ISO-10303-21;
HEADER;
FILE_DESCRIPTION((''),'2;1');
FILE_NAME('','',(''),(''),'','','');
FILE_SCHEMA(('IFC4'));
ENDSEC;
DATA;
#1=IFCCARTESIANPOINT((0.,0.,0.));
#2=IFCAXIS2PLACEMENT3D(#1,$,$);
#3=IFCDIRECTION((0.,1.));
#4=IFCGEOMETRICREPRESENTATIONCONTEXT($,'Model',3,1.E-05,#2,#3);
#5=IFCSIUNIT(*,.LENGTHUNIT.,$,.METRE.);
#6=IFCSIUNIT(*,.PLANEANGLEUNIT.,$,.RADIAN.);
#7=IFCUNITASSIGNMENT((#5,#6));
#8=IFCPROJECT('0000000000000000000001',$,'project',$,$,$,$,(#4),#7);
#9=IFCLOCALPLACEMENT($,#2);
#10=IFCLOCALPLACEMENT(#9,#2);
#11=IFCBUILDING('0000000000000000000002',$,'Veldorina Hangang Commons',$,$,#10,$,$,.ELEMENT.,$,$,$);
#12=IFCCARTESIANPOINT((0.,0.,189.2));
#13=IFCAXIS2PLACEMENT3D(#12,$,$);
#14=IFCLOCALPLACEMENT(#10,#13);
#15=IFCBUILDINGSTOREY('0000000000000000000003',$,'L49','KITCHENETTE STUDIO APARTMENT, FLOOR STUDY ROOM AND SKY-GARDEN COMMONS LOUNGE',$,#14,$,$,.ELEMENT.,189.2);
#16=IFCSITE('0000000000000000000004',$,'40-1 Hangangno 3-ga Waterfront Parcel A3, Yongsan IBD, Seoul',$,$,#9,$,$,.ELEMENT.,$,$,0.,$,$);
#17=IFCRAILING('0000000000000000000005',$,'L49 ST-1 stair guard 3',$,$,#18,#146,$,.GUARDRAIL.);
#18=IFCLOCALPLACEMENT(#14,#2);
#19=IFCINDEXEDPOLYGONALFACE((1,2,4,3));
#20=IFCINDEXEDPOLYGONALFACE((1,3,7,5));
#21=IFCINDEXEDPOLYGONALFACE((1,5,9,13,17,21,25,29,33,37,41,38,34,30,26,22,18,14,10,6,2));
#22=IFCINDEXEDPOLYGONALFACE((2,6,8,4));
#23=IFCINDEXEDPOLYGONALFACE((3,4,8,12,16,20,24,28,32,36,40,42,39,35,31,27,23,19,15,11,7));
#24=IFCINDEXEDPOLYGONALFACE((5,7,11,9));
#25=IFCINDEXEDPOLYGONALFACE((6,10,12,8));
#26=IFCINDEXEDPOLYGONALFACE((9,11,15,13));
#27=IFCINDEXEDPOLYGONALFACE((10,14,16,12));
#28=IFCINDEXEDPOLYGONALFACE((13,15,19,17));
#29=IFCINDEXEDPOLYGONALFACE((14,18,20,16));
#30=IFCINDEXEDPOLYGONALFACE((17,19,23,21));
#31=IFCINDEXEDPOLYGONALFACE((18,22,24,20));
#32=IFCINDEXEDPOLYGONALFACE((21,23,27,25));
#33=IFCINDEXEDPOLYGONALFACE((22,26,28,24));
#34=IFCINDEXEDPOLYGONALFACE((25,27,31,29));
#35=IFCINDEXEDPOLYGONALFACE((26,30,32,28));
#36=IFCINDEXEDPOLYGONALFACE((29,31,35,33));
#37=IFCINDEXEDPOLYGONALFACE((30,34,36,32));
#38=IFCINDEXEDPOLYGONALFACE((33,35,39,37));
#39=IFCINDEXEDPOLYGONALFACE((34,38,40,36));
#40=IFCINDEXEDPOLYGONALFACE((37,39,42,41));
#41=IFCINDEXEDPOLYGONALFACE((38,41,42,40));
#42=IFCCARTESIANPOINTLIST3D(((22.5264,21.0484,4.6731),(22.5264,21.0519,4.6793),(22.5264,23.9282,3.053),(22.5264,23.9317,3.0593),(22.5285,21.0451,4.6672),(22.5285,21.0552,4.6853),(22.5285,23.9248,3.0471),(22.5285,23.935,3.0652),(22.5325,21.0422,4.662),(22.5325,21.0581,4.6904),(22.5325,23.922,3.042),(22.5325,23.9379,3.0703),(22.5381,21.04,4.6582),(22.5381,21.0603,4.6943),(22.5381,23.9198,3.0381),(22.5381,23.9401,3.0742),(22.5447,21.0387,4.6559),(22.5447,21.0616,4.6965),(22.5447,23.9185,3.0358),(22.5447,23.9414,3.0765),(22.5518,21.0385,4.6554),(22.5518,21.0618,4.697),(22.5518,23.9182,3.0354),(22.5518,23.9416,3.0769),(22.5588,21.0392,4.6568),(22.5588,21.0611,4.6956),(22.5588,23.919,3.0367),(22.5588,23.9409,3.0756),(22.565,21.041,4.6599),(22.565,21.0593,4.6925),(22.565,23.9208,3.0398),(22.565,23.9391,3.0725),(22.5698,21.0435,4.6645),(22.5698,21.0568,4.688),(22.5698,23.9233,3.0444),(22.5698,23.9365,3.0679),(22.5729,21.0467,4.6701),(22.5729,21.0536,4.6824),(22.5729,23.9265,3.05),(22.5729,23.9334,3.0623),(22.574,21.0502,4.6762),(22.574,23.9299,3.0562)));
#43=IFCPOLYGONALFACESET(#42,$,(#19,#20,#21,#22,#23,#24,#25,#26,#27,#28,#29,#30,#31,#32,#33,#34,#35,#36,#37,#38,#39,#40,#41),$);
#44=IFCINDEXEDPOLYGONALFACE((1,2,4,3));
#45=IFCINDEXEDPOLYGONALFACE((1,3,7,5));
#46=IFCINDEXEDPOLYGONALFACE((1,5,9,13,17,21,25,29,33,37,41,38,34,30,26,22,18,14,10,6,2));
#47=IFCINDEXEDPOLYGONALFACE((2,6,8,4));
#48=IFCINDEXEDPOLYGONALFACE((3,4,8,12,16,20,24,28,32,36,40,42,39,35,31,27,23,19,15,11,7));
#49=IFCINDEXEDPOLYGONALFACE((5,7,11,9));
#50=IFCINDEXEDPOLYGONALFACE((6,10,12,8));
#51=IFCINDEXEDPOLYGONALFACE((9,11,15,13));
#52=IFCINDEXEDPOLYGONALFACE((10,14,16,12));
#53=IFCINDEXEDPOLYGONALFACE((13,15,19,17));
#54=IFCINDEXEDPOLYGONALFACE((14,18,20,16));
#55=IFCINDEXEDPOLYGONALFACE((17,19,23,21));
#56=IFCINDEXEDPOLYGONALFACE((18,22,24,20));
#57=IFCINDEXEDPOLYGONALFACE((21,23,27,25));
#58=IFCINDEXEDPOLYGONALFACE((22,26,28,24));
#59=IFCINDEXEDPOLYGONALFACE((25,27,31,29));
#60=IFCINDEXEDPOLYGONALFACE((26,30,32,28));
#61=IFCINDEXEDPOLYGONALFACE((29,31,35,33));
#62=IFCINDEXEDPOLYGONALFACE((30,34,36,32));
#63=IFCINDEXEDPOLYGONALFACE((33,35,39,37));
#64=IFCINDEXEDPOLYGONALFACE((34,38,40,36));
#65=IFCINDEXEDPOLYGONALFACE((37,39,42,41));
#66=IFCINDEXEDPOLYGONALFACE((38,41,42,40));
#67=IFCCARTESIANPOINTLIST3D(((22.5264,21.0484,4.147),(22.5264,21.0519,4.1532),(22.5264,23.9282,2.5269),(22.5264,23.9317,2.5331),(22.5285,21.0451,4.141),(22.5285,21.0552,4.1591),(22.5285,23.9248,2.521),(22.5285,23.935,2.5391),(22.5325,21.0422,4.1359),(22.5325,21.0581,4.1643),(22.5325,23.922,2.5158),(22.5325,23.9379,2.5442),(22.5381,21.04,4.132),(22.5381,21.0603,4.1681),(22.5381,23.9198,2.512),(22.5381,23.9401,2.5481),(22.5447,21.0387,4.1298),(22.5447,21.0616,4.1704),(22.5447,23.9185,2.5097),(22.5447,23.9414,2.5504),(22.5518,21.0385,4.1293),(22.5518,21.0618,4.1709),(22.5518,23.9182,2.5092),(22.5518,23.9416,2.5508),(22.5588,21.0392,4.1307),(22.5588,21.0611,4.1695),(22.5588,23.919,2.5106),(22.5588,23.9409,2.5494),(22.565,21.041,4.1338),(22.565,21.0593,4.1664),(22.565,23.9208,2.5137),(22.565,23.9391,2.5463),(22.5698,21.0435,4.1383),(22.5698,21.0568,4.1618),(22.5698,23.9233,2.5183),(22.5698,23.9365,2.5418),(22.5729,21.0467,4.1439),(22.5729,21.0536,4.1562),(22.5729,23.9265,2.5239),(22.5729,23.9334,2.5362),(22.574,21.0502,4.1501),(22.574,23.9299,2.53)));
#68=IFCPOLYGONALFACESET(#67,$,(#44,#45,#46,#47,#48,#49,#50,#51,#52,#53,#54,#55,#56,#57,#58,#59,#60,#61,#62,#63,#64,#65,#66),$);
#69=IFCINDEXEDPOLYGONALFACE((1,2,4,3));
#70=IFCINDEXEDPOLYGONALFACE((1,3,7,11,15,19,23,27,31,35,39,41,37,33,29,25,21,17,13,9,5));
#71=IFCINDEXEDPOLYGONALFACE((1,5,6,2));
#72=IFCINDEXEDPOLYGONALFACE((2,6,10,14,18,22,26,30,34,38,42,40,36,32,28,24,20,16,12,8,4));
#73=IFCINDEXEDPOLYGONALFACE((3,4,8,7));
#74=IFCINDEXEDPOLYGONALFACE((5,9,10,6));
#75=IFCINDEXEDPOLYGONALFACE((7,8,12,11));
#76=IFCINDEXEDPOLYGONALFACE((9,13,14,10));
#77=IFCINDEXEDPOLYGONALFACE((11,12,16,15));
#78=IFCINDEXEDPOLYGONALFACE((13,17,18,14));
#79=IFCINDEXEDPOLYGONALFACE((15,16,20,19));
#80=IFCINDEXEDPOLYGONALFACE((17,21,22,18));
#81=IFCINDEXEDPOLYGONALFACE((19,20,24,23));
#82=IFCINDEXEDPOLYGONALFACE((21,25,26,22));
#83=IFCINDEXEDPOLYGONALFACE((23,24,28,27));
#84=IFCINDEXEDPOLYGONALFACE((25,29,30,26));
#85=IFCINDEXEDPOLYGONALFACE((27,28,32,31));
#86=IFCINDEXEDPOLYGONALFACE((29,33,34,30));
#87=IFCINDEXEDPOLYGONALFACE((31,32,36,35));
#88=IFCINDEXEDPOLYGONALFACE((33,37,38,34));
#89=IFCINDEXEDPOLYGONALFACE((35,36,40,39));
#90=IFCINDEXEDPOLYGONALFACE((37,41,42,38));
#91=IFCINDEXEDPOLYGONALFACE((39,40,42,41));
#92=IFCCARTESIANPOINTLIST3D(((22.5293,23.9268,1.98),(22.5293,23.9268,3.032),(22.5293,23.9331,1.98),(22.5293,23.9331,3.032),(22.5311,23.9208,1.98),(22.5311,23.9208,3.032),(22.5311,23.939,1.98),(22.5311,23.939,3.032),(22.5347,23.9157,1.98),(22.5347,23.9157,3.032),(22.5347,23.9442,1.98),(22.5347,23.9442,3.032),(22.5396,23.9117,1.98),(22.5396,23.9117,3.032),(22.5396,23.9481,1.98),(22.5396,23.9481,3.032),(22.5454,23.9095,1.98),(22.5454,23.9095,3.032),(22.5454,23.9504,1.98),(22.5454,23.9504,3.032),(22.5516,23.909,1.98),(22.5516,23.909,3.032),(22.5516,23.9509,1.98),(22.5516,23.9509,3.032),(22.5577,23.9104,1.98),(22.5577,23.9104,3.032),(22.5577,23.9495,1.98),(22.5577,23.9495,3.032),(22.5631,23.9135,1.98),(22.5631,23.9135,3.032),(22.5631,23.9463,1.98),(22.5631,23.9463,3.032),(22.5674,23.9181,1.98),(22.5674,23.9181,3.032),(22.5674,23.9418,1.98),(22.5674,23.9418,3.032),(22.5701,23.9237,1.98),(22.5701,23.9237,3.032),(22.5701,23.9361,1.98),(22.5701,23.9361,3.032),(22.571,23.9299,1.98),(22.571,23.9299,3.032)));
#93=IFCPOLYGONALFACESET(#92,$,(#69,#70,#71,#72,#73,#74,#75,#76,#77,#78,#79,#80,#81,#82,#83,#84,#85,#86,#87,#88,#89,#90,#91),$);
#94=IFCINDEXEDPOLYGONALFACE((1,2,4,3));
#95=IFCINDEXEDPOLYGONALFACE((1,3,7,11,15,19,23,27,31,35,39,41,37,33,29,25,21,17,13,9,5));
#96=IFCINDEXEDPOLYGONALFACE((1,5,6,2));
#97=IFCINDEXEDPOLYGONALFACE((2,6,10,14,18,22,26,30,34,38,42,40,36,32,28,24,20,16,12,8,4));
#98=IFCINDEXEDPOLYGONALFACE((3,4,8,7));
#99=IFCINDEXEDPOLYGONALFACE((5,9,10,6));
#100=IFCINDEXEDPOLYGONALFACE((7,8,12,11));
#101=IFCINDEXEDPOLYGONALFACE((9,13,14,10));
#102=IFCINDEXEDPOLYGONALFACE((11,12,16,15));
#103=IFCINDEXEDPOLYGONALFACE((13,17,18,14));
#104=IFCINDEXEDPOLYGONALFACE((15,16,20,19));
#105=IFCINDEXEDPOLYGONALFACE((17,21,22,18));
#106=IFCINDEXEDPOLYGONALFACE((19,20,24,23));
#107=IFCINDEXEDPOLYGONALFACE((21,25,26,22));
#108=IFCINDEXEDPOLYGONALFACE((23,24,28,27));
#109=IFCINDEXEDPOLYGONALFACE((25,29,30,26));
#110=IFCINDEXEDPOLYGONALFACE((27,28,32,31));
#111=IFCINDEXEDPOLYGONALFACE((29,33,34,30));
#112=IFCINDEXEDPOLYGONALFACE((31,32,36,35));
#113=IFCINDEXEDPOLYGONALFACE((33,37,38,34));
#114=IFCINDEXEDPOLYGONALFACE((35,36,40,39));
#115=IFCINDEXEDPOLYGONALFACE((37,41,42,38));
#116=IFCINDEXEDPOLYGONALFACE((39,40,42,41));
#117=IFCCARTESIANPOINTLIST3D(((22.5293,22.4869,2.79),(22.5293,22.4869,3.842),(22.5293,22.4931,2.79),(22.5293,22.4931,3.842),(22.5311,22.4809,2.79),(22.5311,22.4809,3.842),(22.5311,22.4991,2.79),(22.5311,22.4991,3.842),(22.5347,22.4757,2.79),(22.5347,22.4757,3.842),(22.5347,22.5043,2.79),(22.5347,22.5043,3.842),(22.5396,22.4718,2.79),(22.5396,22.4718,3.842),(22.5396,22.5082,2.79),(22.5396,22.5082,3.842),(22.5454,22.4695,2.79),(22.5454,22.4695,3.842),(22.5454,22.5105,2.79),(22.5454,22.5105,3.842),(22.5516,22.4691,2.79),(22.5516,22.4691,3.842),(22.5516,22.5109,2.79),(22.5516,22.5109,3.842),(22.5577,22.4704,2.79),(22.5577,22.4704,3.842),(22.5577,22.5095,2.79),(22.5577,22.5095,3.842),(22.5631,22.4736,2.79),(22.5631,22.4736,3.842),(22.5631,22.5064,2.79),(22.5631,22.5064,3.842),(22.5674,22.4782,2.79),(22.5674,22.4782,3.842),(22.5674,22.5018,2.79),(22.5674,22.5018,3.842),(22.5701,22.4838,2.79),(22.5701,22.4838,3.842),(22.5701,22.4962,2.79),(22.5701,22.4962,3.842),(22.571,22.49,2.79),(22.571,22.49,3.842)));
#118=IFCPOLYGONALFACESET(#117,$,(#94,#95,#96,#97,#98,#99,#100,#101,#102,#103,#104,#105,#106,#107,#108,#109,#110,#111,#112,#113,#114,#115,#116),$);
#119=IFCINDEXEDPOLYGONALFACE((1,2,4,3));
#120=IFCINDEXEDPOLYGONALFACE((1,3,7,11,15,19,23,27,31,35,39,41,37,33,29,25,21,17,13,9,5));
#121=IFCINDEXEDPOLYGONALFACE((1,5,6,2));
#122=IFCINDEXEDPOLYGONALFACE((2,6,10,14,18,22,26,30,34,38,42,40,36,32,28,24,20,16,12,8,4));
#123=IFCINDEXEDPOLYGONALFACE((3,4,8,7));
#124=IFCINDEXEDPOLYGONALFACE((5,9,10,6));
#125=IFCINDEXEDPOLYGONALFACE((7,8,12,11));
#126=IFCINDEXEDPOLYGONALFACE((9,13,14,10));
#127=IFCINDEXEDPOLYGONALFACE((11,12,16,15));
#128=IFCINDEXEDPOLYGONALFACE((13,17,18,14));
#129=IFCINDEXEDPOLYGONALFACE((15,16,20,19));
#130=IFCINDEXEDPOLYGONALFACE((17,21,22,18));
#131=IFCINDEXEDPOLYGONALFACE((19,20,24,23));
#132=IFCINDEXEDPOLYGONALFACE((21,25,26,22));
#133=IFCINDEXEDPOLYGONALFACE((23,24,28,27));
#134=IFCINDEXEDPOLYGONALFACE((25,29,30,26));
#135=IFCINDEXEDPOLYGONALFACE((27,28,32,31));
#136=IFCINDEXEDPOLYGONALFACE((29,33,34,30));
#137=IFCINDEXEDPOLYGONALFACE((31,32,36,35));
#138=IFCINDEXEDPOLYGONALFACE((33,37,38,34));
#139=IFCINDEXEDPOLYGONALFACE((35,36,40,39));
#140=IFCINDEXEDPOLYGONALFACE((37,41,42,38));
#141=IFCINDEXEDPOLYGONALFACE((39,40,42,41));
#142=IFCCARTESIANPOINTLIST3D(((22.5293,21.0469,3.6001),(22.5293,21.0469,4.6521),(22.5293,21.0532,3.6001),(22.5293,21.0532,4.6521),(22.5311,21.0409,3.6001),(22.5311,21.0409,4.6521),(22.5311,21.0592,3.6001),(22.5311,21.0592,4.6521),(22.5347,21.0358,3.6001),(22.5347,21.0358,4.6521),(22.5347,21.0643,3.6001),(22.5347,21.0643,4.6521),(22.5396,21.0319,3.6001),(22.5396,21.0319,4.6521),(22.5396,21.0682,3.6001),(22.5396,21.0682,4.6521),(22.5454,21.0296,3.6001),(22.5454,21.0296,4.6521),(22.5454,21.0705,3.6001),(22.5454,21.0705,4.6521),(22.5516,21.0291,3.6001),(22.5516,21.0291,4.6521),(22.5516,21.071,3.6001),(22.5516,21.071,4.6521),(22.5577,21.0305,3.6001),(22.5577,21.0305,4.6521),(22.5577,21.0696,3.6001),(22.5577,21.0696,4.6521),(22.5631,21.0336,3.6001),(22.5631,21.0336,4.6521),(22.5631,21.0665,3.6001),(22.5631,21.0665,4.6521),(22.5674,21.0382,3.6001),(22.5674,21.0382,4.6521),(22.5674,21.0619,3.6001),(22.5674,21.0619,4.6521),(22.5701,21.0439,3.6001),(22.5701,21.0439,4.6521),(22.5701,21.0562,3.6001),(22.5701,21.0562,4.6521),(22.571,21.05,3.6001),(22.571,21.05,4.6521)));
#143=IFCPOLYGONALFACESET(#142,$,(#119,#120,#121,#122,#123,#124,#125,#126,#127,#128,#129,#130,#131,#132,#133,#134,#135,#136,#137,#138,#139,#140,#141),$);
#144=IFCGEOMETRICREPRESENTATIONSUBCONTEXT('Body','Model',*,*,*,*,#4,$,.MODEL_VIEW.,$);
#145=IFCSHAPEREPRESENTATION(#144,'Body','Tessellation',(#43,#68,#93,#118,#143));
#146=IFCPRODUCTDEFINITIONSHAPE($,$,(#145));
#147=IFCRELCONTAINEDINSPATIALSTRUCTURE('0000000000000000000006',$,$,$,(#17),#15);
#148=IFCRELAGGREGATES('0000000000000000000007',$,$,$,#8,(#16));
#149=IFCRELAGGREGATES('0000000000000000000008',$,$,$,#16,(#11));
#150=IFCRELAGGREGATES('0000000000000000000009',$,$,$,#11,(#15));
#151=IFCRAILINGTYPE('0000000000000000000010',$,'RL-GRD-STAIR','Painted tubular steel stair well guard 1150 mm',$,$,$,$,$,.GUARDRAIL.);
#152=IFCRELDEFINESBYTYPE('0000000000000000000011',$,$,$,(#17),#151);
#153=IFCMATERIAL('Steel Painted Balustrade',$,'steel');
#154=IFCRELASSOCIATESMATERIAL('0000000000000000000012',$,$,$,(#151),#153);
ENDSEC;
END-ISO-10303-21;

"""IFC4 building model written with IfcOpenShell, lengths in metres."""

from ifc_helpers import new_model, si_unit, direction, frame, origin, origin_2d, place, context, subcontext, project, spatial, circle, extrude, material, type_object, element, save


model = new_model("IFC4")

# Units and contexts
model_context = context("Model", 3, precision=1e-05, world=origin(), true_north=direction((0.0, 1.0)))
body_context = subcontext(model_context, "Body", "Model", "MODEL_VIEW")
ifc_project = project(units=[si_unit("LENGTHUNIT", "METRE"), si_unit("PLANEANGLEUNIT", "RADIAN")], contexts=[model_context])

# Site, building, storey
site_placement = place(None, origin())
site = spatial("IfcSite", under=ifc_project, at=site_placement, Name="40-1 Hangangno 3-ga Waterfront Parcel A3, Yongsan IBD, Seoul", CompositionType="ELEMENT", RefElevation=0.0)
building_placement = place(site_placement, origin())
building = spatial("IfcBuilding", under=site, at=building_placement, Name="Veldorina Hangang Commons", CompositionType="ELEMENT")
storey_placement = place(building_placement, frame((0.0, 0.0, 189.2)))
storey = spatial("IfcBuildingStorey", under=building, at=storey_placement, Name="L49", Description="KITCHENETTE STUDIO APARTMENT, FLOOR STUDY ROOM AND SKY-GARDEN COMMONS LOUNGE", CompositionType="ELEMENT", Elevation=189.2)

# Railing
ifc_material_1 = material(Name="Steel Painted Balustrade", Category="steel")
railing_type = type_object("IfcRailingType", Name="RL-GRD-STAIR", Description="Painted tubular steel stair well guard 1150 mm", PredefinedType="GUARDRAIL", material=ifc_material_1)
railing_1_placement = place(storey_placement, frame((22.55, 23.9299, 1.98)))
element("IfcRailing", 1, at=railing_1_placement, inside=storey, type_object=railing_type, Name="L49 ST-1 stair guard 3", PredefinedType="GUARDRAIL", context=body_context, shape_type="SweptSolid", body=[
    extrude(circle(Radius=0.0239, at=origin_2d()), frame((0.0, 0.0, 1.0762), z_axis=(0.0, -0.871552, 0.490303), x_axis=(1.0, 0.0, 0.0)), (0.0, 0.0, 1.0), 3.3042),
    extrude(circle(Radius=0.0239, at=origin_2d()), frame((0.0, 0.0, 0.55), z_axis=(0.0, -0.871552, 0.490303), x_axis=(1.0, 0.0, 0.0)), (0.0, 0.0, 1.0), 3.3042),
    extrude(circle(Radius=0.021, at=origin_2d()), origin(), (0.0, 0.0, 1.0), 1.052),
    extrude(circle(Radius=0.021, at=origin_2d()), frame((0.0, -1.4399, 0.8101)), (0.0, 0.0, 1.0), 1.052),
    extrude(circle(Radius=0.021, at=origin_2d()), frame((0.0, -2.8799, 1.6201)), (0.0, 0.0, 1.0), 1.052),
])

save(model, "model.ifc")
